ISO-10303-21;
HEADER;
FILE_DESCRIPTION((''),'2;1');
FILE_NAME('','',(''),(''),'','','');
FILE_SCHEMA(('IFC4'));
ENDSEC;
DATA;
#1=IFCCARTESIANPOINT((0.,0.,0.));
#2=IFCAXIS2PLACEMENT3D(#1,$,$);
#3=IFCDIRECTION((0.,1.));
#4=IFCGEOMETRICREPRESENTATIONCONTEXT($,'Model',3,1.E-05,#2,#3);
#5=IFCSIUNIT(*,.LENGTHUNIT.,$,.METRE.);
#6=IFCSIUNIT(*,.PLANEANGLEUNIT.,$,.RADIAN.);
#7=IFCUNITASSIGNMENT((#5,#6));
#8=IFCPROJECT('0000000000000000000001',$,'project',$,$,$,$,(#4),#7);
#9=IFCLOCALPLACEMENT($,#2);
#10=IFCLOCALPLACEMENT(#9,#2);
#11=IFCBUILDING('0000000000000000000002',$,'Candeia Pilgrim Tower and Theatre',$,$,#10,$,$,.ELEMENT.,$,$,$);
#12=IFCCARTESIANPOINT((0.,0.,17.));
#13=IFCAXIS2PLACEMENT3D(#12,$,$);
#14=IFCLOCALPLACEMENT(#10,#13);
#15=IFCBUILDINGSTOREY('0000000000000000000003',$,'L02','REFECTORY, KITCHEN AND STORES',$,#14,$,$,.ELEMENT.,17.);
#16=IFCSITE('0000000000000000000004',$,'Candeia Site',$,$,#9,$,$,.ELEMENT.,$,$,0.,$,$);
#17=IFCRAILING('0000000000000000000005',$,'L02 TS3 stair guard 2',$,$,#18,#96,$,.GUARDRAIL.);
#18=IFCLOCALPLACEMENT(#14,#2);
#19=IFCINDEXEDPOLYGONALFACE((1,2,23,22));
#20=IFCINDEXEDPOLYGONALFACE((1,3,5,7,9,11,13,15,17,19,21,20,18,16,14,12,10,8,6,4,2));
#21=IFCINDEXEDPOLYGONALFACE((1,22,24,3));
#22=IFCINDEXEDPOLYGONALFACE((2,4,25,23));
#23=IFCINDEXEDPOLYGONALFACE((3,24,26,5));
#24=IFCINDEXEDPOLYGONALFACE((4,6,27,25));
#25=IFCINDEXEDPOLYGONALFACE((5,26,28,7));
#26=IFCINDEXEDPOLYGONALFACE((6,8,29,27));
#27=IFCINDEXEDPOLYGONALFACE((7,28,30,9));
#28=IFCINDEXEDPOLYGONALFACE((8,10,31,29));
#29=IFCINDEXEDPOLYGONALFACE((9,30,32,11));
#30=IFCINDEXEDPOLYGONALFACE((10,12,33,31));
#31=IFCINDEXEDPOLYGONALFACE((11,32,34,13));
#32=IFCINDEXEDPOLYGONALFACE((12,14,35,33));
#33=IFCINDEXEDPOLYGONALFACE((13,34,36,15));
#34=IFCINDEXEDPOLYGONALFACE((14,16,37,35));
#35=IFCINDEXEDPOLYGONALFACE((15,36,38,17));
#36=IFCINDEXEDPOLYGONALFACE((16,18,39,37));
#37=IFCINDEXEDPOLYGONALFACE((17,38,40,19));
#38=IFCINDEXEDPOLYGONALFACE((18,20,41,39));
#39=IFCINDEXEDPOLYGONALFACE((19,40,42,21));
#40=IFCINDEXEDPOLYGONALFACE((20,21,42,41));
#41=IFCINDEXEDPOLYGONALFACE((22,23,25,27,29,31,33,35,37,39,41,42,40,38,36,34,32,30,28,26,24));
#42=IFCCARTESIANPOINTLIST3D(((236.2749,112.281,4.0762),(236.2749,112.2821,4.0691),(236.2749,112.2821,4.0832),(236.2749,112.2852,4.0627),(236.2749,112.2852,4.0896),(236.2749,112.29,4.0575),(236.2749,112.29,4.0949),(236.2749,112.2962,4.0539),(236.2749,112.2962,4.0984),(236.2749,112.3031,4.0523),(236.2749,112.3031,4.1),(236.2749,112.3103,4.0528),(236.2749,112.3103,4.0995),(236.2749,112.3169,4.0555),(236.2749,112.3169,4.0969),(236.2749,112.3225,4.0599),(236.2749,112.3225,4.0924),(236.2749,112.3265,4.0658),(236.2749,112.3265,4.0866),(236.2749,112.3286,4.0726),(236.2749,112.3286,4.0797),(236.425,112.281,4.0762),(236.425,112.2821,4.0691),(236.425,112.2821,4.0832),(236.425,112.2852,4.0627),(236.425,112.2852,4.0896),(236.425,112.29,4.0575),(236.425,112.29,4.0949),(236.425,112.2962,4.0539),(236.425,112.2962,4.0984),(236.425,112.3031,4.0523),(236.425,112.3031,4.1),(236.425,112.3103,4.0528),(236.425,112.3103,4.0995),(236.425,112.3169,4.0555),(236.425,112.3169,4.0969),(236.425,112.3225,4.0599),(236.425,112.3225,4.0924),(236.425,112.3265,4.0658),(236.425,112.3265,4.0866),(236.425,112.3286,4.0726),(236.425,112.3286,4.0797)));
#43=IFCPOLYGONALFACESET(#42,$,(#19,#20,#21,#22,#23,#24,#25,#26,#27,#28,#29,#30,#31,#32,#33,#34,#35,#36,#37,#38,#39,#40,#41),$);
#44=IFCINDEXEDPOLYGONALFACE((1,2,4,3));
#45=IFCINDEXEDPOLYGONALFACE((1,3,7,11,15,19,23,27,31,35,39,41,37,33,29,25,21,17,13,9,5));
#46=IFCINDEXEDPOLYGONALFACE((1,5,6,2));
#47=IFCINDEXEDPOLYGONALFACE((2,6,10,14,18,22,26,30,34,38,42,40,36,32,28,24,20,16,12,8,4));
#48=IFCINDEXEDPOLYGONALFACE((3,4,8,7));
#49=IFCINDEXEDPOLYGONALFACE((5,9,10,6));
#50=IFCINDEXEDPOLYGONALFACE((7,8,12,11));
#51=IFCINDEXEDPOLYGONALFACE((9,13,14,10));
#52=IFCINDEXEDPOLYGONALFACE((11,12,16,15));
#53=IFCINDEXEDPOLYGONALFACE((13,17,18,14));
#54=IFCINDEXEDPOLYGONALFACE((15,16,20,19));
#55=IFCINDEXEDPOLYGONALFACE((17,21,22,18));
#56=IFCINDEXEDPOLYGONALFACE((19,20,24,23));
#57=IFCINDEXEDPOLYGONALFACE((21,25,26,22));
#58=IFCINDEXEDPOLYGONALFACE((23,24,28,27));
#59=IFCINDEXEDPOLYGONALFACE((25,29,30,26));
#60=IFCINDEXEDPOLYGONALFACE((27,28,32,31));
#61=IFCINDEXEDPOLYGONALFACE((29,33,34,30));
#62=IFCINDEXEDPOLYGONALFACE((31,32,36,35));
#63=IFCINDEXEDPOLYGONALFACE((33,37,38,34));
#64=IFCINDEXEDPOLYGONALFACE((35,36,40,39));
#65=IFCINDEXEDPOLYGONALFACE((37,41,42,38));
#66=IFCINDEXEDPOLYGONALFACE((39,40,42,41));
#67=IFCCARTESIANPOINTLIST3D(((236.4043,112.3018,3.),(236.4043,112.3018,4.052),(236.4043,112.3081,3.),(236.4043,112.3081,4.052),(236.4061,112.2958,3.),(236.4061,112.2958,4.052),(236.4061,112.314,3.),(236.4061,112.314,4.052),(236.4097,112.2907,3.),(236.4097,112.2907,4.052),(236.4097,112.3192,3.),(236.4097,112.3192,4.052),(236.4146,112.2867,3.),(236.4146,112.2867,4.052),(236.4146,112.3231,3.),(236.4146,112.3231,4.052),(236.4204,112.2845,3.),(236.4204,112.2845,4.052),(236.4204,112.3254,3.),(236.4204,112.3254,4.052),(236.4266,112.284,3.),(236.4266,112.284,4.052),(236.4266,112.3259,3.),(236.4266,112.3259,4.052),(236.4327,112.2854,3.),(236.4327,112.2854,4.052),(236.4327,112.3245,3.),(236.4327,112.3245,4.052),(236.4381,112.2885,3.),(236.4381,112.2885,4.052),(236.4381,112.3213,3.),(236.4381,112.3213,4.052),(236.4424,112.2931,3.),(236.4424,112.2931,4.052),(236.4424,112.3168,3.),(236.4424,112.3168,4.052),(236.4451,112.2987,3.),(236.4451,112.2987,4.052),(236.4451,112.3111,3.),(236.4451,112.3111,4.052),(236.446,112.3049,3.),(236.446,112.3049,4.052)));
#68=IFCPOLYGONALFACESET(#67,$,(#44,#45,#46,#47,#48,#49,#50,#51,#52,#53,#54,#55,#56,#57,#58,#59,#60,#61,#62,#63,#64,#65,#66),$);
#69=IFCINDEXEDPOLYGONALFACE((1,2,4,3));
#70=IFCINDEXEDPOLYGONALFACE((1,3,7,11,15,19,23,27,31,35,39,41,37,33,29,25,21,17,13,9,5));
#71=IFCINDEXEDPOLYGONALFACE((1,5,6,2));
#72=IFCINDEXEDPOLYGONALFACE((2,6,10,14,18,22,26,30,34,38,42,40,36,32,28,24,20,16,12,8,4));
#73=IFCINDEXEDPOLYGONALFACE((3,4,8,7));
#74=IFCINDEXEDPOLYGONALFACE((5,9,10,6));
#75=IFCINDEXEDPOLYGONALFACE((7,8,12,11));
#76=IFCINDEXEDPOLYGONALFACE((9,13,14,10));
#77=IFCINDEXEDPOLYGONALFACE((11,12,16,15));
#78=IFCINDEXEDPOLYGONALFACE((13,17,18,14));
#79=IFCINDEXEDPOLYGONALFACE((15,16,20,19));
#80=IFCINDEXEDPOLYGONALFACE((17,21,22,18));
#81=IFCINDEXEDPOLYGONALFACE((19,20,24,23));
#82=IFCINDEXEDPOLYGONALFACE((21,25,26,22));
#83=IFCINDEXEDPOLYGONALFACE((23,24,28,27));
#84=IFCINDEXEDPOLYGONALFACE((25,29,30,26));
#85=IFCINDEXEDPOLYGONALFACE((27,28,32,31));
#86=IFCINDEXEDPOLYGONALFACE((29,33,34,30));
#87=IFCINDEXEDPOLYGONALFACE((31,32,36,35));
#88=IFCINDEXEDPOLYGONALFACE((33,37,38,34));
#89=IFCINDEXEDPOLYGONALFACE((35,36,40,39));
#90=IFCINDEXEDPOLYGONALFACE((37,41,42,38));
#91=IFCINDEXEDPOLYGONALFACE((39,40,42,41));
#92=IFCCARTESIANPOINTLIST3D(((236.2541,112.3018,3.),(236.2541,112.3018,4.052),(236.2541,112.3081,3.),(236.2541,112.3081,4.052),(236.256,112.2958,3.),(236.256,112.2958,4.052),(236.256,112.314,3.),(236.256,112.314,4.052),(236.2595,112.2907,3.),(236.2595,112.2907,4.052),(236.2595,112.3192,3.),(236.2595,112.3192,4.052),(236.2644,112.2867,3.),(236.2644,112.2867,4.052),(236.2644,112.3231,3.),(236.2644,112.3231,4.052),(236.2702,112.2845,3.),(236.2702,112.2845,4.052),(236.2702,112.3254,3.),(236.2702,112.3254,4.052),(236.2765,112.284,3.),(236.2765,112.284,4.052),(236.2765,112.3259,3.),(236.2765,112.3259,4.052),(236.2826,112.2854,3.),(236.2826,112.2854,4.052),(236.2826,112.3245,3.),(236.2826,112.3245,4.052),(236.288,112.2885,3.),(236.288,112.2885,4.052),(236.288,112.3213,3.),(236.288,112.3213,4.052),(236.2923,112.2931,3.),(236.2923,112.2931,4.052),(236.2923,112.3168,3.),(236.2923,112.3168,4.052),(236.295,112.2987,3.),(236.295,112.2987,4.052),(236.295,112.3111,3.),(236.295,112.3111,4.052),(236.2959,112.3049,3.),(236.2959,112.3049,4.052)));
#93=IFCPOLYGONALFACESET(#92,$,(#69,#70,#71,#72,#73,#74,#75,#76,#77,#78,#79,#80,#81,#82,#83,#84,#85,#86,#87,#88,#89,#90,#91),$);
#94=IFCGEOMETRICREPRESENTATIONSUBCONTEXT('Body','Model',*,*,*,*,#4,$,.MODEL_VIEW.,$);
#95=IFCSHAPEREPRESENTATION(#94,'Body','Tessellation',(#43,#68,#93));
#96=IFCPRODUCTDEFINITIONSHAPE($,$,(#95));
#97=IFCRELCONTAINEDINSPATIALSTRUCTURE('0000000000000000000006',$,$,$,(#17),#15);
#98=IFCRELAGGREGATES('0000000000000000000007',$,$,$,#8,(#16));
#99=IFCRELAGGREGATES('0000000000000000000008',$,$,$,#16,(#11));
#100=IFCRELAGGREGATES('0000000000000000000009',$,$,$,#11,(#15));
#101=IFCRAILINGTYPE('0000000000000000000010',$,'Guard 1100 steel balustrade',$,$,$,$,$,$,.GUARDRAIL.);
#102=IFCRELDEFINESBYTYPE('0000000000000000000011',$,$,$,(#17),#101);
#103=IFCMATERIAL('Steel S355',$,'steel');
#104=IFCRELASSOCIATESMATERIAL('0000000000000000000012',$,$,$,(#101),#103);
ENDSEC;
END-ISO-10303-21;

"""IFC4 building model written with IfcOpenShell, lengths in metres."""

from ifc_helpers import new_model, si_unit, direction, frame, origin, origin_2d, place, context, subcontext, project, spatial, circle, extrude, material, type_object, element, save


model = new_model("IFC4")

# Units and contexts
model_context = context("Model", 3, precision=1e-05, world=origin(), true_north=direction((0.0, 1.0)))
body_context = subcontext(model_context, "Body", "Model", "MODEL_VIEW")
ifc_project = project(units=[si_unit("LENGTHUNIT", "METRE"), si_unit("PLANEANGLEUNIT", "RADIAN")], contexts=[model_context])

# Site, building, storey
site_placement = place(None, origin())
site = spatial("IfcSite", under=ifc_project, at=site_placement, Name="Candeia Site", CompositionType="ELEMENT", RefElevation=0.0)
building_placement = place(site_placement, origin())
building = spatial("IfcBuilding", under=site, at=building_placement, Name="Candeia Pilgrim Tower and Theatre", CompositionType="ELEMENT")
storey_placement = place(building_placement, frame((0.0, 0.0, 17.0)))
storey = spatial("IfcBuildingStorey", under=building, at=storey_placement, Name="L02", Description="REFECTORY, KITCHEN AND STORES", CompositionType="ELEMENT", Elevation=17.0)

# Railing
ifc_material_1 = material(Name="Steel S355", Category="steel")
railing_type_1 = type_object("IfcRailingType", Name="Guard 1100 steel balustrade", PredefinedType="GUARDRAIL", material=ifc_material_1)
railing_1_placement = place(storey_placement, frame((236.425, 112.3049, 3.0)))
element("IfcRailing", 1, at=railing_1_placement, inside=storey, type_object=railing_type_1, Name="L02 TS3 stair guard 2", PredefinedType="GUARDRAIL", context=body_context, shape_type="SweptSolid", body=[
    extrude(circle(Radius=0.0239, at=origin_2d()), frame((0.0, 0.0, 1.0762), z_axis=(-1.0, 0.0, 0.0), x_axis=(0.0, -1.0, 0.0)), (0.0, 0.0, 1.0), 0.1501),
    extrude(circle(Radius=0.021, at=origin_2d()), origin(), (0.0, 0.0, 1.0), 1.052),
    extrude(circle(Radius=0.021, at=origin_2d()), frame((-0.1501, 0.0, 0.0)), (0.0, 0.0, 1.0), 1.052),
])

save(model, "model.ifc")
